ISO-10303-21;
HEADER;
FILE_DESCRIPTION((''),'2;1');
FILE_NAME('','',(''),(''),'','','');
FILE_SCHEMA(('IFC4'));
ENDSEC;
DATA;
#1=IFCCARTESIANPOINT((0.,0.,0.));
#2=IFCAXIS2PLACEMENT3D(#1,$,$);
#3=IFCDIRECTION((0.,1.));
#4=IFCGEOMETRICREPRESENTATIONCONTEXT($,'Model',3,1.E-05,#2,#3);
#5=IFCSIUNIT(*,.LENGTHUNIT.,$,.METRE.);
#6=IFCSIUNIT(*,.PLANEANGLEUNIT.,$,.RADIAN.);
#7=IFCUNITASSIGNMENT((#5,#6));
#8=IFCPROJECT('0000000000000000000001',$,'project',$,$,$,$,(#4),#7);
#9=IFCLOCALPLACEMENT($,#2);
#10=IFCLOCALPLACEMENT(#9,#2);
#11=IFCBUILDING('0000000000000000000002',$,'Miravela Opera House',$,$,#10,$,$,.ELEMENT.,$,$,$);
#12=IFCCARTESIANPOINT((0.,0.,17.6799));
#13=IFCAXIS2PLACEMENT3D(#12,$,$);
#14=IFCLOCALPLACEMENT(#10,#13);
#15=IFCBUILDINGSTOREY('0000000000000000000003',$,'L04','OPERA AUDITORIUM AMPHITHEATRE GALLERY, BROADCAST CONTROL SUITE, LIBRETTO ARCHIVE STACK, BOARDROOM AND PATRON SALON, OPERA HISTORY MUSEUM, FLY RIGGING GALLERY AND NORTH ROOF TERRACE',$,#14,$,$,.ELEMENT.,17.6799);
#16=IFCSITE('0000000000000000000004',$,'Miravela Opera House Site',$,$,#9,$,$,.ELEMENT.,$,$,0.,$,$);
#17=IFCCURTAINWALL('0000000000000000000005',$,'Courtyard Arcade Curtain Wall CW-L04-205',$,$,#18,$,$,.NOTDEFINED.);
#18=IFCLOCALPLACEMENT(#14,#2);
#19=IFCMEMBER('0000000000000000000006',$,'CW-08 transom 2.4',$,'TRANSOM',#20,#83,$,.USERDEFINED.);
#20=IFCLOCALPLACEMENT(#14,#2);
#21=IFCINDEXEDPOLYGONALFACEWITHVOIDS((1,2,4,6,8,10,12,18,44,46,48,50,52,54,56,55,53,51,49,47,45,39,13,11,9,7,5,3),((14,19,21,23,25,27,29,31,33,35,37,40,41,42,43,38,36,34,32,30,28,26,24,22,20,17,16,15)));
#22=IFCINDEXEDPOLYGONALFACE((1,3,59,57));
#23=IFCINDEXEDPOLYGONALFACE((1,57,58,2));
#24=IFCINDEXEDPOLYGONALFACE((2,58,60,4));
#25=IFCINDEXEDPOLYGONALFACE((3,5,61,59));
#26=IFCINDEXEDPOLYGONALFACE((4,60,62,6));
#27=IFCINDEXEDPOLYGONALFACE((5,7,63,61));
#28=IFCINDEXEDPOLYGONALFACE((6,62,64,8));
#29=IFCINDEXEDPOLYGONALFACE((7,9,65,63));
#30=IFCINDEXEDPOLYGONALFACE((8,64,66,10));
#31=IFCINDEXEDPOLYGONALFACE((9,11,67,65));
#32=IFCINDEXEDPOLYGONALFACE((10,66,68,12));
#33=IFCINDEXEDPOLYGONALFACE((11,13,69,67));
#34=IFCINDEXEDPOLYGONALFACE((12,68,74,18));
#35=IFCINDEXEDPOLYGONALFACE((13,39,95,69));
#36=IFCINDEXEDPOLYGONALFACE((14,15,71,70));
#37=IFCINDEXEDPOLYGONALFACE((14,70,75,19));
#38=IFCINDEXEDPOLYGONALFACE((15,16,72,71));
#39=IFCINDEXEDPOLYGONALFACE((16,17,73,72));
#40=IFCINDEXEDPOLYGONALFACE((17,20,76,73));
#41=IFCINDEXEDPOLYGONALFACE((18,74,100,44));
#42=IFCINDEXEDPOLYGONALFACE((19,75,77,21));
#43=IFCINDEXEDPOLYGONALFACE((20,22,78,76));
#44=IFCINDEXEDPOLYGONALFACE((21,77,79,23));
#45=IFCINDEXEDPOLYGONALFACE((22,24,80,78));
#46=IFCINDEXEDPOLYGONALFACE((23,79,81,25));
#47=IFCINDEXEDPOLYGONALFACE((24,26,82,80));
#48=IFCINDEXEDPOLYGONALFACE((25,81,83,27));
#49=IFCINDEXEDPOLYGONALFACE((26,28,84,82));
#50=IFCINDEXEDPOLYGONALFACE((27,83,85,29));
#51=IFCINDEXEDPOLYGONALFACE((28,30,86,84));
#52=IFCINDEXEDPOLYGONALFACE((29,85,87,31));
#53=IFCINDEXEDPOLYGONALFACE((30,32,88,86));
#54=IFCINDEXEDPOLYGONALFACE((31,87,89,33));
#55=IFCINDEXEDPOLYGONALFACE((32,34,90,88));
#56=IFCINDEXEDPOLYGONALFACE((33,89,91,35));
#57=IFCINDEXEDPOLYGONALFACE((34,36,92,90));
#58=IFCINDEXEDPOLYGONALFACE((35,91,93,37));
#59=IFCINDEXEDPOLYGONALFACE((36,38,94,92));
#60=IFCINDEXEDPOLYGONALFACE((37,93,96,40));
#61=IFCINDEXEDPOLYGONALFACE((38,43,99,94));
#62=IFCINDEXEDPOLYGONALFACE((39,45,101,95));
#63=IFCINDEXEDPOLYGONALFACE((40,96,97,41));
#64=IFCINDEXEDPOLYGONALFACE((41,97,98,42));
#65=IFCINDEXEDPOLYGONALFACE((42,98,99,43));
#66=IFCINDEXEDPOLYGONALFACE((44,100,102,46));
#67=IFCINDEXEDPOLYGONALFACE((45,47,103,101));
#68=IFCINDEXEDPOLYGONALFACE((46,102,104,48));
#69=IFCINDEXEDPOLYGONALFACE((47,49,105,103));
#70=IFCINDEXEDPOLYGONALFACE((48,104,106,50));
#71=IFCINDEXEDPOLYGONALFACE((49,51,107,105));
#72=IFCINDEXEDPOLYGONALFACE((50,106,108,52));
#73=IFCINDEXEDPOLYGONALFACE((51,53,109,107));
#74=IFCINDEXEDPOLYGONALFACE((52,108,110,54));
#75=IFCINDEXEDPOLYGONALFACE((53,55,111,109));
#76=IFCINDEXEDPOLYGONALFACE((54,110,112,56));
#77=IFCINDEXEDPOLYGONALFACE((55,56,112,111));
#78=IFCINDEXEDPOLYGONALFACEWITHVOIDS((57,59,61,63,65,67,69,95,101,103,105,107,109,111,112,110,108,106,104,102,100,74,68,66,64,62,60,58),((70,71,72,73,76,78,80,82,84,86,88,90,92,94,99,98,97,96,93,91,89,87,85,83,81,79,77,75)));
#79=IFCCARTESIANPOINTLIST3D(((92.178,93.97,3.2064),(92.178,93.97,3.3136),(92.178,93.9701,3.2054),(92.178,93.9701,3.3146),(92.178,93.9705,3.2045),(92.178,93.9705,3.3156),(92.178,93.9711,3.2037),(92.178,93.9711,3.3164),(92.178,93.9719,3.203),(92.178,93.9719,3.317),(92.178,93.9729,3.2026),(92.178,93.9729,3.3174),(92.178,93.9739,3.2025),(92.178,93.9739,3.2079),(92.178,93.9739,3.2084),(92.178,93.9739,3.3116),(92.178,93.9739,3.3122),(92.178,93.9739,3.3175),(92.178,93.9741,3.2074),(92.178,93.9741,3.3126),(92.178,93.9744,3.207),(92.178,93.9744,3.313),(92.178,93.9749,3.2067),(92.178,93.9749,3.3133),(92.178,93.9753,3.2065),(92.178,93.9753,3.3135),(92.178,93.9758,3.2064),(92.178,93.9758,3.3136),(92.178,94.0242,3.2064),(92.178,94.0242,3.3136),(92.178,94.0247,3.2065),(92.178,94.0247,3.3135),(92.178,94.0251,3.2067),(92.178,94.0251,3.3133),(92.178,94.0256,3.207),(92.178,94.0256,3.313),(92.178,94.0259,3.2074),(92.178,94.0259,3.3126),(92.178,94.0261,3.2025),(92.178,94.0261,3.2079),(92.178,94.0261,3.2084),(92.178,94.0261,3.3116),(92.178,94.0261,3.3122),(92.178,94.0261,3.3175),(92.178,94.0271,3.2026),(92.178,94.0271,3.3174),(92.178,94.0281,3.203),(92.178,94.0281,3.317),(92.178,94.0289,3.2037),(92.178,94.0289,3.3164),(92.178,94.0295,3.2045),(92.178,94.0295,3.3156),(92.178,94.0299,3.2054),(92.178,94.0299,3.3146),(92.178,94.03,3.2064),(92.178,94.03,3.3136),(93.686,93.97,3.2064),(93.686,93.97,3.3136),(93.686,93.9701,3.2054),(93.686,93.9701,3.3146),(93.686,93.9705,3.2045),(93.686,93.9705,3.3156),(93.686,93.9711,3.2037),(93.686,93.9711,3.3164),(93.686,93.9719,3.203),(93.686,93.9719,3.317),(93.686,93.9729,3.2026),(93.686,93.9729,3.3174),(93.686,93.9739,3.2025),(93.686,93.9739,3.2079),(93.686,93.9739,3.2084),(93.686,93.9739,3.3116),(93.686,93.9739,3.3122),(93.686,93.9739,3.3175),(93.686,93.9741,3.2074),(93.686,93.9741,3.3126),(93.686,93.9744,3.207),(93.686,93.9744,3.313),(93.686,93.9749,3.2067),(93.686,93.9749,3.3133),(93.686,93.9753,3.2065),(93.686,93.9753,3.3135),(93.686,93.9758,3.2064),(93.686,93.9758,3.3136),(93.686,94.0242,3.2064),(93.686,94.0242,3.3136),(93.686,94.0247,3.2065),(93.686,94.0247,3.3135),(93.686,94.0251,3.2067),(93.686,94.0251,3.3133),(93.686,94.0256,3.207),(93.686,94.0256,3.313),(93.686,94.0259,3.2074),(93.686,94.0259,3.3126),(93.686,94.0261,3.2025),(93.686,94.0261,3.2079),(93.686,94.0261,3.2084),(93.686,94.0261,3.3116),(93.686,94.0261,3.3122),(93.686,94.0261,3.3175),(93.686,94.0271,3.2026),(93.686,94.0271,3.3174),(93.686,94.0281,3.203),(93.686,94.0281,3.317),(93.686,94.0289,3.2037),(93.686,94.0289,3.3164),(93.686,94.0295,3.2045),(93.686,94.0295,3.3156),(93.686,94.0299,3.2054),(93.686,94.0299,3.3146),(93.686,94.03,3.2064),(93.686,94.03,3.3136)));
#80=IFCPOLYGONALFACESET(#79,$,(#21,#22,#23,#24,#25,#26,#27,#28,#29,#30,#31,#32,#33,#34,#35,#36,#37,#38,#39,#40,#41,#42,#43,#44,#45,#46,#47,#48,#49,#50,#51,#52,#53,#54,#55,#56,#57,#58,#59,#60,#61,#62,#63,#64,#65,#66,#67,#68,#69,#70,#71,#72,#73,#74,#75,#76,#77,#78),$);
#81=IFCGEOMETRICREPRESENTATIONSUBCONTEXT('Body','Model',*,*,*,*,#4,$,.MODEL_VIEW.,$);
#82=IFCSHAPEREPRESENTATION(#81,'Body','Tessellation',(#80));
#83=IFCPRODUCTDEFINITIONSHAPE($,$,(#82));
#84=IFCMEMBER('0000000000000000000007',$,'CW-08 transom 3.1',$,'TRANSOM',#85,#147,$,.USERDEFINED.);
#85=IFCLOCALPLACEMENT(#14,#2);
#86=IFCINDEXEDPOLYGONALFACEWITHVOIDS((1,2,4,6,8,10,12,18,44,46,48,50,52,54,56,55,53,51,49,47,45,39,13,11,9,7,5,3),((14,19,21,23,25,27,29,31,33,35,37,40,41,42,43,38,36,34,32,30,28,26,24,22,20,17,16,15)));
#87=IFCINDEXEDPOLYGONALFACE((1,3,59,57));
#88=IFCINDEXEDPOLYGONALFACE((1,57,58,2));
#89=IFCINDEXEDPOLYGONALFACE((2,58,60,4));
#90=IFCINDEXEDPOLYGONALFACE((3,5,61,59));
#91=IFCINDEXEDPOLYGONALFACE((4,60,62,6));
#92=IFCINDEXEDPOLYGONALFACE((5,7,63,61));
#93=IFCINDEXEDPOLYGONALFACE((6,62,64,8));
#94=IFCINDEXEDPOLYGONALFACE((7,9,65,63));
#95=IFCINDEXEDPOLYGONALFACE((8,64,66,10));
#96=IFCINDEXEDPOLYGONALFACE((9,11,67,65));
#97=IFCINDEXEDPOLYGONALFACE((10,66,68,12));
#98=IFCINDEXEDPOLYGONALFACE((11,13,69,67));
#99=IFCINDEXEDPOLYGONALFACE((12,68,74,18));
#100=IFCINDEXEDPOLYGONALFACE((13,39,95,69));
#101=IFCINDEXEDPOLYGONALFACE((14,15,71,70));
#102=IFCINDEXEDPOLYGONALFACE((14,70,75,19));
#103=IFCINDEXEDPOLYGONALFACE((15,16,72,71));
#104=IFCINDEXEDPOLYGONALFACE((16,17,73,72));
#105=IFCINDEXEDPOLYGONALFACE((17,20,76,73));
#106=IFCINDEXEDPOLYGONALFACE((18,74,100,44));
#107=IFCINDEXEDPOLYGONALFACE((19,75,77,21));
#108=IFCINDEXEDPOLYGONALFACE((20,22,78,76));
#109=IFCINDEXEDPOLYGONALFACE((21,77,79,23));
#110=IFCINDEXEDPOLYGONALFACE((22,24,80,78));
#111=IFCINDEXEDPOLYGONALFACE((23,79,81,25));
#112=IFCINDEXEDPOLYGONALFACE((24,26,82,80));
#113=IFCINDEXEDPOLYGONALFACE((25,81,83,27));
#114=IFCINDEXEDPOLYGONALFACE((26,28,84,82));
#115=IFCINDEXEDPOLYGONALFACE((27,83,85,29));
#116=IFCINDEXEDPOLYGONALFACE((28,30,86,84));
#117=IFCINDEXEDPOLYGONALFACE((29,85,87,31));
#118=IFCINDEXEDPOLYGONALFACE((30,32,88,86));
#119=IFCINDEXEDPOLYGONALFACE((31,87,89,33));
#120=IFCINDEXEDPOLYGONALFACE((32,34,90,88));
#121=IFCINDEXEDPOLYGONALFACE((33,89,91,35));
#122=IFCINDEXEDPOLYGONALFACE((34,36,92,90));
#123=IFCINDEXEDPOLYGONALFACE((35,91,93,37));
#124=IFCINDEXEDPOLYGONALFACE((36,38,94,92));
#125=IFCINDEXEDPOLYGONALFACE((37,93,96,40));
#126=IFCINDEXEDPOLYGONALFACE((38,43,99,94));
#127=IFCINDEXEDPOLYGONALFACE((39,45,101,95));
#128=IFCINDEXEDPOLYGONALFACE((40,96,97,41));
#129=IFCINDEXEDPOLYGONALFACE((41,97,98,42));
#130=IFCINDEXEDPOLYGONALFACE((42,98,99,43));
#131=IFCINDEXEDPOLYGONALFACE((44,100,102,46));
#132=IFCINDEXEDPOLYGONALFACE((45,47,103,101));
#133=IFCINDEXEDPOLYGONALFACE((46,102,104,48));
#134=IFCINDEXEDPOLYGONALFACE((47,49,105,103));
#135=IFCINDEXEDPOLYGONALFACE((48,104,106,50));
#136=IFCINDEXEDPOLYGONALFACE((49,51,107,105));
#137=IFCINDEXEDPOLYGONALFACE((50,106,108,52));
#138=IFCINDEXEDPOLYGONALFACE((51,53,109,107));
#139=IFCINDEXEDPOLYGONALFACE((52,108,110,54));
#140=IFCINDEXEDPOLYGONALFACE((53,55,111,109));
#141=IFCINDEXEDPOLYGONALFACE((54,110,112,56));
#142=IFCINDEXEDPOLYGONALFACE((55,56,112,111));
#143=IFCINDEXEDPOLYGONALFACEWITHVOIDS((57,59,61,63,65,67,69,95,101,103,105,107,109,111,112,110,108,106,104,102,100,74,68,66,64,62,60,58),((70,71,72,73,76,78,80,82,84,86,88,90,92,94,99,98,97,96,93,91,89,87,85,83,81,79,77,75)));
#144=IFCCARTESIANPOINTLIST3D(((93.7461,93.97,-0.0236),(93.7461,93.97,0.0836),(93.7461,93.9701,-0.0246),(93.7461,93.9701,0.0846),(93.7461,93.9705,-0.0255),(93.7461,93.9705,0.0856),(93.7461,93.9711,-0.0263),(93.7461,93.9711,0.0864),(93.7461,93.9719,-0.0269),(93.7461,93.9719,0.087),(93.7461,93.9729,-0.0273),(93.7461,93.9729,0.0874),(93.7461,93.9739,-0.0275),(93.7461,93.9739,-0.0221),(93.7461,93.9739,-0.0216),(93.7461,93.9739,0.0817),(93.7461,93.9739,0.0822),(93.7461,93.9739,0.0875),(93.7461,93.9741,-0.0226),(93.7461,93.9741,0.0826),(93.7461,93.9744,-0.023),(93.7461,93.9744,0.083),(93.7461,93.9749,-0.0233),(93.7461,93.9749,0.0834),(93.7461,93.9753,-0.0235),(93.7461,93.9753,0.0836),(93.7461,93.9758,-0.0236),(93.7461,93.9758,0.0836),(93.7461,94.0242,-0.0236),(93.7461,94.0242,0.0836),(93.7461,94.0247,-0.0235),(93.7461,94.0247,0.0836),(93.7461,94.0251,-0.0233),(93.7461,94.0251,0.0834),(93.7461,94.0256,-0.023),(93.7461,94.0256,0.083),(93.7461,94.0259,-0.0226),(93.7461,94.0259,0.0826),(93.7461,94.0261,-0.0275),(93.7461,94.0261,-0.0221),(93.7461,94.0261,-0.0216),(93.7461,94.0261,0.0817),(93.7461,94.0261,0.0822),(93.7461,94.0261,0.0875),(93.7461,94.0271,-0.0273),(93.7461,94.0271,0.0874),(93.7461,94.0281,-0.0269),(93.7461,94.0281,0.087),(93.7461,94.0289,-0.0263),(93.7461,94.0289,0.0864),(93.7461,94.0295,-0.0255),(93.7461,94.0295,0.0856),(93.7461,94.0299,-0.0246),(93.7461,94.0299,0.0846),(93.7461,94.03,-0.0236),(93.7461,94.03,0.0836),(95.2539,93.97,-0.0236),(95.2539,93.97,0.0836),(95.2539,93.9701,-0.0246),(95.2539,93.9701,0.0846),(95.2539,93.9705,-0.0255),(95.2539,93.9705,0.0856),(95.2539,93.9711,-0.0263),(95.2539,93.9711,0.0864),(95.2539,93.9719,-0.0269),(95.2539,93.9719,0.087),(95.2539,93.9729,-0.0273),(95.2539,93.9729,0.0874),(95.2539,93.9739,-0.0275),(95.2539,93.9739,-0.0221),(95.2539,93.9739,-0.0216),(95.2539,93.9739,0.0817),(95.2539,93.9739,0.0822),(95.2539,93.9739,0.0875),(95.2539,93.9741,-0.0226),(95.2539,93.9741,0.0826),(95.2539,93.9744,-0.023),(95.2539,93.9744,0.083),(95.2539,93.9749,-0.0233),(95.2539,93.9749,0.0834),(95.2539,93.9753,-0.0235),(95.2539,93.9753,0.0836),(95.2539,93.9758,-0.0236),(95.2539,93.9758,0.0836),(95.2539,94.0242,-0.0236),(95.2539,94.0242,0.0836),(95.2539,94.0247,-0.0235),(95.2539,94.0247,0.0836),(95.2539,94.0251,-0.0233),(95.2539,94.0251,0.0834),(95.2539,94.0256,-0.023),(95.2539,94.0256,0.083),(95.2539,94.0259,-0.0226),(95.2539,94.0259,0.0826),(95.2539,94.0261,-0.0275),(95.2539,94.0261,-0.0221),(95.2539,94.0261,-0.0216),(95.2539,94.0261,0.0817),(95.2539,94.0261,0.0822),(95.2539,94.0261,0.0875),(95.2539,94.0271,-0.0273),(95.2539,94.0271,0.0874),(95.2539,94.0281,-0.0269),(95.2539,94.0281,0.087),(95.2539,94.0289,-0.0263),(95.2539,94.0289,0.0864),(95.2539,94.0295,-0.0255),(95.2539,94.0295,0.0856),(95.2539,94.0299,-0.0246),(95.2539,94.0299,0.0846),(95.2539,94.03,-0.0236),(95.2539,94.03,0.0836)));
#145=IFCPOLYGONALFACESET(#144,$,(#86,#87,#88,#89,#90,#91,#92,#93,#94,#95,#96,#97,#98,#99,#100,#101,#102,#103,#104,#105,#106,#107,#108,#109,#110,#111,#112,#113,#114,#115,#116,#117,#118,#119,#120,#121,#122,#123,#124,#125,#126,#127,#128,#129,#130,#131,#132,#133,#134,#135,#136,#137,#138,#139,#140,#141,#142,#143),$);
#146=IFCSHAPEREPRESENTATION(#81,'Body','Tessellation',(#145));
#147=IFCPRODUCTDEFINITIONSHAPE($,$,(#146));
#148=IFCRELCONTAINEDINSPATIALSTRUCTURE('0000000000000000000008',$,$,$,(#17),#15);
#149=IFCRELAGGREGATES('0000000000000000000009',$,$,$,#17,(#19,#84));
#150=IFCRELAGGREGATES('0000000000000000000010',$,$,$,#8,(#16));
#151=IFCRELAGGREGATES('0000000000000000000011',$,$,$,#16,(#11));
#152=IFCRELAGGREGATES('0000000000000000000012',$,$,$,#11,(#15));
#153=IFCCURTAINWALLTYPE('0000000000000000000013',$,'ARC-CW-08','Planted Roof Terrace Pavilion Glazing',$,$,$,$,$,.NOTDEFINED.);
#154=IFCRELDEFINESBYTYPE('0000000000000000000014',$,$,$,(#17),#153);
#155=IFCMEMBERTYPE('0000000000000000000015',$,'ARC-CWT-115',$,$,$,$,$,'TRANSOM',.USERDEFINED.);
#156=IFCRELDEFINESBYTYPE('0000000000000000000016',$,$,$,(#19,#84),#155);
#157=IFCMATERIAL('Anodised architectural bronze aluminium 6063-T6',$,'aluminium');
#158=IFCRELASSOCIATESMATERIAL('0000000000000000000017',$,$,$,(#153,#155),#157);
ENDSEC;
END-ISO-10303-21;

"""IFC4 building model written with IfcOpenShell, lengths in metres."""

from ifc_helpers import new_model, si_unit, direction, frame, origin, origin_2d, place, context, subcontext, project, spatial, hollow_rectangle, extrude, material, material_profile, profile_set, type_object, element, aggregate, save


model = new_model("IFC4")

# Units and contexts
model_context = context("Model", 3, precision=1e-05, world=origin(), true_north=direction((0.0, 1.0)))
body_context = subcontext(model_context, "Body", "Model", "MODEL_VIEW")
ifc_project = project(units=[si_unit("LENGTHUNIT", "METRE"), si_unit("PLANEANGLEUNIT", "RADIAN")], contexts=[model_context])

# Site, building, storey
site_placement = place(None, origin())
site = spatial("IfcSite", under=ifc_project, at=site_placement, Name="Miravela Opera House Site", CompositionType="ELEMENT", RefElevation=0.0)
building_placement = place(site_placement, origin())
building = spatial("IfcBuilding", under=site, at=building_placement, Name="Miravela Opera House", CompositionType="ELEMENT")
storey_placement = place(building_placement, frame((0.0, 0.0, 17.6799)))
storey = spatial("IfcBuildingStorey", under=building, at=storey_placement, Name="L04", Description="OPERA AUDITORIUM AMPHITHEATRE GALLERY, BROADCAST CONTROL SUITE, LIBRETTO ARCHIVE STACK, BOARDROOM AND PATRON SALON, OPERA HISTORY MUSEUM, FLY RIGGING GALLERY AND NORTH ROOF TERRACE", CompositionType="ELEMENT", Elevation=17.6799)

# Shared definitions
ifc_material_1 = material(Name="Anodised architectural bronze aluminium 6063-T6", Category="aluminium")
curtain_wall_type = type_object("IfcCurtainWallType", Name="ARC-CW-08", Description="Planted Roof Terrace Pavilion Glazing", PredefinedType="NOTDEFINED", material=ifc_material_1)

# Curtain wall
curtain_wall_1_placement = place(storey_placement, origin())
curtain_wall_1 = element("IfcCurtainWall", 1, at=curtain_wall_1_placement, inside=storey, type_object=curtain_wall_type, Name="Courtyard Arcade Curtain Wall CW-L04-205", PredefinedType="NOTDEFINED")

# Members
ifc_material_profile_1 = material_profile(ifc_material_1, hollow_rectangle(XDim=0.0601, YDim=0.115, WallThickness=0.0039, InnerFilletRadius=0.002, OuterFilletRadius=0.0039, at=origin_2d()), Name="CWT-60X115")
ifc_profile_set_1 = profile_set([ifc_material_profile_1])
member_type_1 = type_object("IfcMemberType", Name="ARC-CWT-115", ElementType="TRANSOM", PredefinedType="USERDEFINED", material=ifc_profile_set_1)
member_1_placement = place(storey_placement, frame((92.178, 94.0, 3.26), z_axis=(1.0, 0.0, 0.0), x_axis=(0.0, 1.0, 0.0)))
member_1 = element("IfcMember", 2, at=member_1_placement, type_object=member_type_1, Name="CW-08 transom 2.4", ObjectType="TRANSOM", PredefinedType="USERDEFINED", context=body_context, shape_type="SweptSolid", body=[
    extrude(hollow_rectangle(XDim=0.0601, YDim=0.115, WallThickness=0.0039, InnerFilletRadius=0.002, OuterFilletRadius=0.0039, at=origin_2d()), origin(), (0.0, 0.0, 1.0), 1.5081),
])
member_2_placement = place(storey_placement, frame((93.7461, 94.0, 0.03), z_axis=(1.0, 0.0, 0.0), x_axis=(0.0, 1.0, 0.0)))
member_2 = element("IfcMember", 3, at=member_2_placement, type_object=member_type_1, Name="CW-08 transom 3.1", ObjectType="TRANSOM", PredefinedType="USERDEFINED", context=body_context, shape_type="SweptSolid", body=[
    extrude(hollow_rectangle(XDim=0.0601, YDim=0.115, WallThickness=0.0039, InnerFilletRadius=0.002, OuterFilletRadius=0.0039, at=origin_2d()), origin(), (0.0, 0.0, 1.0), 1.5078),
])

aggregate(curtain_wall_1, [member_1, member_2])

save(model, "model.ifc")
